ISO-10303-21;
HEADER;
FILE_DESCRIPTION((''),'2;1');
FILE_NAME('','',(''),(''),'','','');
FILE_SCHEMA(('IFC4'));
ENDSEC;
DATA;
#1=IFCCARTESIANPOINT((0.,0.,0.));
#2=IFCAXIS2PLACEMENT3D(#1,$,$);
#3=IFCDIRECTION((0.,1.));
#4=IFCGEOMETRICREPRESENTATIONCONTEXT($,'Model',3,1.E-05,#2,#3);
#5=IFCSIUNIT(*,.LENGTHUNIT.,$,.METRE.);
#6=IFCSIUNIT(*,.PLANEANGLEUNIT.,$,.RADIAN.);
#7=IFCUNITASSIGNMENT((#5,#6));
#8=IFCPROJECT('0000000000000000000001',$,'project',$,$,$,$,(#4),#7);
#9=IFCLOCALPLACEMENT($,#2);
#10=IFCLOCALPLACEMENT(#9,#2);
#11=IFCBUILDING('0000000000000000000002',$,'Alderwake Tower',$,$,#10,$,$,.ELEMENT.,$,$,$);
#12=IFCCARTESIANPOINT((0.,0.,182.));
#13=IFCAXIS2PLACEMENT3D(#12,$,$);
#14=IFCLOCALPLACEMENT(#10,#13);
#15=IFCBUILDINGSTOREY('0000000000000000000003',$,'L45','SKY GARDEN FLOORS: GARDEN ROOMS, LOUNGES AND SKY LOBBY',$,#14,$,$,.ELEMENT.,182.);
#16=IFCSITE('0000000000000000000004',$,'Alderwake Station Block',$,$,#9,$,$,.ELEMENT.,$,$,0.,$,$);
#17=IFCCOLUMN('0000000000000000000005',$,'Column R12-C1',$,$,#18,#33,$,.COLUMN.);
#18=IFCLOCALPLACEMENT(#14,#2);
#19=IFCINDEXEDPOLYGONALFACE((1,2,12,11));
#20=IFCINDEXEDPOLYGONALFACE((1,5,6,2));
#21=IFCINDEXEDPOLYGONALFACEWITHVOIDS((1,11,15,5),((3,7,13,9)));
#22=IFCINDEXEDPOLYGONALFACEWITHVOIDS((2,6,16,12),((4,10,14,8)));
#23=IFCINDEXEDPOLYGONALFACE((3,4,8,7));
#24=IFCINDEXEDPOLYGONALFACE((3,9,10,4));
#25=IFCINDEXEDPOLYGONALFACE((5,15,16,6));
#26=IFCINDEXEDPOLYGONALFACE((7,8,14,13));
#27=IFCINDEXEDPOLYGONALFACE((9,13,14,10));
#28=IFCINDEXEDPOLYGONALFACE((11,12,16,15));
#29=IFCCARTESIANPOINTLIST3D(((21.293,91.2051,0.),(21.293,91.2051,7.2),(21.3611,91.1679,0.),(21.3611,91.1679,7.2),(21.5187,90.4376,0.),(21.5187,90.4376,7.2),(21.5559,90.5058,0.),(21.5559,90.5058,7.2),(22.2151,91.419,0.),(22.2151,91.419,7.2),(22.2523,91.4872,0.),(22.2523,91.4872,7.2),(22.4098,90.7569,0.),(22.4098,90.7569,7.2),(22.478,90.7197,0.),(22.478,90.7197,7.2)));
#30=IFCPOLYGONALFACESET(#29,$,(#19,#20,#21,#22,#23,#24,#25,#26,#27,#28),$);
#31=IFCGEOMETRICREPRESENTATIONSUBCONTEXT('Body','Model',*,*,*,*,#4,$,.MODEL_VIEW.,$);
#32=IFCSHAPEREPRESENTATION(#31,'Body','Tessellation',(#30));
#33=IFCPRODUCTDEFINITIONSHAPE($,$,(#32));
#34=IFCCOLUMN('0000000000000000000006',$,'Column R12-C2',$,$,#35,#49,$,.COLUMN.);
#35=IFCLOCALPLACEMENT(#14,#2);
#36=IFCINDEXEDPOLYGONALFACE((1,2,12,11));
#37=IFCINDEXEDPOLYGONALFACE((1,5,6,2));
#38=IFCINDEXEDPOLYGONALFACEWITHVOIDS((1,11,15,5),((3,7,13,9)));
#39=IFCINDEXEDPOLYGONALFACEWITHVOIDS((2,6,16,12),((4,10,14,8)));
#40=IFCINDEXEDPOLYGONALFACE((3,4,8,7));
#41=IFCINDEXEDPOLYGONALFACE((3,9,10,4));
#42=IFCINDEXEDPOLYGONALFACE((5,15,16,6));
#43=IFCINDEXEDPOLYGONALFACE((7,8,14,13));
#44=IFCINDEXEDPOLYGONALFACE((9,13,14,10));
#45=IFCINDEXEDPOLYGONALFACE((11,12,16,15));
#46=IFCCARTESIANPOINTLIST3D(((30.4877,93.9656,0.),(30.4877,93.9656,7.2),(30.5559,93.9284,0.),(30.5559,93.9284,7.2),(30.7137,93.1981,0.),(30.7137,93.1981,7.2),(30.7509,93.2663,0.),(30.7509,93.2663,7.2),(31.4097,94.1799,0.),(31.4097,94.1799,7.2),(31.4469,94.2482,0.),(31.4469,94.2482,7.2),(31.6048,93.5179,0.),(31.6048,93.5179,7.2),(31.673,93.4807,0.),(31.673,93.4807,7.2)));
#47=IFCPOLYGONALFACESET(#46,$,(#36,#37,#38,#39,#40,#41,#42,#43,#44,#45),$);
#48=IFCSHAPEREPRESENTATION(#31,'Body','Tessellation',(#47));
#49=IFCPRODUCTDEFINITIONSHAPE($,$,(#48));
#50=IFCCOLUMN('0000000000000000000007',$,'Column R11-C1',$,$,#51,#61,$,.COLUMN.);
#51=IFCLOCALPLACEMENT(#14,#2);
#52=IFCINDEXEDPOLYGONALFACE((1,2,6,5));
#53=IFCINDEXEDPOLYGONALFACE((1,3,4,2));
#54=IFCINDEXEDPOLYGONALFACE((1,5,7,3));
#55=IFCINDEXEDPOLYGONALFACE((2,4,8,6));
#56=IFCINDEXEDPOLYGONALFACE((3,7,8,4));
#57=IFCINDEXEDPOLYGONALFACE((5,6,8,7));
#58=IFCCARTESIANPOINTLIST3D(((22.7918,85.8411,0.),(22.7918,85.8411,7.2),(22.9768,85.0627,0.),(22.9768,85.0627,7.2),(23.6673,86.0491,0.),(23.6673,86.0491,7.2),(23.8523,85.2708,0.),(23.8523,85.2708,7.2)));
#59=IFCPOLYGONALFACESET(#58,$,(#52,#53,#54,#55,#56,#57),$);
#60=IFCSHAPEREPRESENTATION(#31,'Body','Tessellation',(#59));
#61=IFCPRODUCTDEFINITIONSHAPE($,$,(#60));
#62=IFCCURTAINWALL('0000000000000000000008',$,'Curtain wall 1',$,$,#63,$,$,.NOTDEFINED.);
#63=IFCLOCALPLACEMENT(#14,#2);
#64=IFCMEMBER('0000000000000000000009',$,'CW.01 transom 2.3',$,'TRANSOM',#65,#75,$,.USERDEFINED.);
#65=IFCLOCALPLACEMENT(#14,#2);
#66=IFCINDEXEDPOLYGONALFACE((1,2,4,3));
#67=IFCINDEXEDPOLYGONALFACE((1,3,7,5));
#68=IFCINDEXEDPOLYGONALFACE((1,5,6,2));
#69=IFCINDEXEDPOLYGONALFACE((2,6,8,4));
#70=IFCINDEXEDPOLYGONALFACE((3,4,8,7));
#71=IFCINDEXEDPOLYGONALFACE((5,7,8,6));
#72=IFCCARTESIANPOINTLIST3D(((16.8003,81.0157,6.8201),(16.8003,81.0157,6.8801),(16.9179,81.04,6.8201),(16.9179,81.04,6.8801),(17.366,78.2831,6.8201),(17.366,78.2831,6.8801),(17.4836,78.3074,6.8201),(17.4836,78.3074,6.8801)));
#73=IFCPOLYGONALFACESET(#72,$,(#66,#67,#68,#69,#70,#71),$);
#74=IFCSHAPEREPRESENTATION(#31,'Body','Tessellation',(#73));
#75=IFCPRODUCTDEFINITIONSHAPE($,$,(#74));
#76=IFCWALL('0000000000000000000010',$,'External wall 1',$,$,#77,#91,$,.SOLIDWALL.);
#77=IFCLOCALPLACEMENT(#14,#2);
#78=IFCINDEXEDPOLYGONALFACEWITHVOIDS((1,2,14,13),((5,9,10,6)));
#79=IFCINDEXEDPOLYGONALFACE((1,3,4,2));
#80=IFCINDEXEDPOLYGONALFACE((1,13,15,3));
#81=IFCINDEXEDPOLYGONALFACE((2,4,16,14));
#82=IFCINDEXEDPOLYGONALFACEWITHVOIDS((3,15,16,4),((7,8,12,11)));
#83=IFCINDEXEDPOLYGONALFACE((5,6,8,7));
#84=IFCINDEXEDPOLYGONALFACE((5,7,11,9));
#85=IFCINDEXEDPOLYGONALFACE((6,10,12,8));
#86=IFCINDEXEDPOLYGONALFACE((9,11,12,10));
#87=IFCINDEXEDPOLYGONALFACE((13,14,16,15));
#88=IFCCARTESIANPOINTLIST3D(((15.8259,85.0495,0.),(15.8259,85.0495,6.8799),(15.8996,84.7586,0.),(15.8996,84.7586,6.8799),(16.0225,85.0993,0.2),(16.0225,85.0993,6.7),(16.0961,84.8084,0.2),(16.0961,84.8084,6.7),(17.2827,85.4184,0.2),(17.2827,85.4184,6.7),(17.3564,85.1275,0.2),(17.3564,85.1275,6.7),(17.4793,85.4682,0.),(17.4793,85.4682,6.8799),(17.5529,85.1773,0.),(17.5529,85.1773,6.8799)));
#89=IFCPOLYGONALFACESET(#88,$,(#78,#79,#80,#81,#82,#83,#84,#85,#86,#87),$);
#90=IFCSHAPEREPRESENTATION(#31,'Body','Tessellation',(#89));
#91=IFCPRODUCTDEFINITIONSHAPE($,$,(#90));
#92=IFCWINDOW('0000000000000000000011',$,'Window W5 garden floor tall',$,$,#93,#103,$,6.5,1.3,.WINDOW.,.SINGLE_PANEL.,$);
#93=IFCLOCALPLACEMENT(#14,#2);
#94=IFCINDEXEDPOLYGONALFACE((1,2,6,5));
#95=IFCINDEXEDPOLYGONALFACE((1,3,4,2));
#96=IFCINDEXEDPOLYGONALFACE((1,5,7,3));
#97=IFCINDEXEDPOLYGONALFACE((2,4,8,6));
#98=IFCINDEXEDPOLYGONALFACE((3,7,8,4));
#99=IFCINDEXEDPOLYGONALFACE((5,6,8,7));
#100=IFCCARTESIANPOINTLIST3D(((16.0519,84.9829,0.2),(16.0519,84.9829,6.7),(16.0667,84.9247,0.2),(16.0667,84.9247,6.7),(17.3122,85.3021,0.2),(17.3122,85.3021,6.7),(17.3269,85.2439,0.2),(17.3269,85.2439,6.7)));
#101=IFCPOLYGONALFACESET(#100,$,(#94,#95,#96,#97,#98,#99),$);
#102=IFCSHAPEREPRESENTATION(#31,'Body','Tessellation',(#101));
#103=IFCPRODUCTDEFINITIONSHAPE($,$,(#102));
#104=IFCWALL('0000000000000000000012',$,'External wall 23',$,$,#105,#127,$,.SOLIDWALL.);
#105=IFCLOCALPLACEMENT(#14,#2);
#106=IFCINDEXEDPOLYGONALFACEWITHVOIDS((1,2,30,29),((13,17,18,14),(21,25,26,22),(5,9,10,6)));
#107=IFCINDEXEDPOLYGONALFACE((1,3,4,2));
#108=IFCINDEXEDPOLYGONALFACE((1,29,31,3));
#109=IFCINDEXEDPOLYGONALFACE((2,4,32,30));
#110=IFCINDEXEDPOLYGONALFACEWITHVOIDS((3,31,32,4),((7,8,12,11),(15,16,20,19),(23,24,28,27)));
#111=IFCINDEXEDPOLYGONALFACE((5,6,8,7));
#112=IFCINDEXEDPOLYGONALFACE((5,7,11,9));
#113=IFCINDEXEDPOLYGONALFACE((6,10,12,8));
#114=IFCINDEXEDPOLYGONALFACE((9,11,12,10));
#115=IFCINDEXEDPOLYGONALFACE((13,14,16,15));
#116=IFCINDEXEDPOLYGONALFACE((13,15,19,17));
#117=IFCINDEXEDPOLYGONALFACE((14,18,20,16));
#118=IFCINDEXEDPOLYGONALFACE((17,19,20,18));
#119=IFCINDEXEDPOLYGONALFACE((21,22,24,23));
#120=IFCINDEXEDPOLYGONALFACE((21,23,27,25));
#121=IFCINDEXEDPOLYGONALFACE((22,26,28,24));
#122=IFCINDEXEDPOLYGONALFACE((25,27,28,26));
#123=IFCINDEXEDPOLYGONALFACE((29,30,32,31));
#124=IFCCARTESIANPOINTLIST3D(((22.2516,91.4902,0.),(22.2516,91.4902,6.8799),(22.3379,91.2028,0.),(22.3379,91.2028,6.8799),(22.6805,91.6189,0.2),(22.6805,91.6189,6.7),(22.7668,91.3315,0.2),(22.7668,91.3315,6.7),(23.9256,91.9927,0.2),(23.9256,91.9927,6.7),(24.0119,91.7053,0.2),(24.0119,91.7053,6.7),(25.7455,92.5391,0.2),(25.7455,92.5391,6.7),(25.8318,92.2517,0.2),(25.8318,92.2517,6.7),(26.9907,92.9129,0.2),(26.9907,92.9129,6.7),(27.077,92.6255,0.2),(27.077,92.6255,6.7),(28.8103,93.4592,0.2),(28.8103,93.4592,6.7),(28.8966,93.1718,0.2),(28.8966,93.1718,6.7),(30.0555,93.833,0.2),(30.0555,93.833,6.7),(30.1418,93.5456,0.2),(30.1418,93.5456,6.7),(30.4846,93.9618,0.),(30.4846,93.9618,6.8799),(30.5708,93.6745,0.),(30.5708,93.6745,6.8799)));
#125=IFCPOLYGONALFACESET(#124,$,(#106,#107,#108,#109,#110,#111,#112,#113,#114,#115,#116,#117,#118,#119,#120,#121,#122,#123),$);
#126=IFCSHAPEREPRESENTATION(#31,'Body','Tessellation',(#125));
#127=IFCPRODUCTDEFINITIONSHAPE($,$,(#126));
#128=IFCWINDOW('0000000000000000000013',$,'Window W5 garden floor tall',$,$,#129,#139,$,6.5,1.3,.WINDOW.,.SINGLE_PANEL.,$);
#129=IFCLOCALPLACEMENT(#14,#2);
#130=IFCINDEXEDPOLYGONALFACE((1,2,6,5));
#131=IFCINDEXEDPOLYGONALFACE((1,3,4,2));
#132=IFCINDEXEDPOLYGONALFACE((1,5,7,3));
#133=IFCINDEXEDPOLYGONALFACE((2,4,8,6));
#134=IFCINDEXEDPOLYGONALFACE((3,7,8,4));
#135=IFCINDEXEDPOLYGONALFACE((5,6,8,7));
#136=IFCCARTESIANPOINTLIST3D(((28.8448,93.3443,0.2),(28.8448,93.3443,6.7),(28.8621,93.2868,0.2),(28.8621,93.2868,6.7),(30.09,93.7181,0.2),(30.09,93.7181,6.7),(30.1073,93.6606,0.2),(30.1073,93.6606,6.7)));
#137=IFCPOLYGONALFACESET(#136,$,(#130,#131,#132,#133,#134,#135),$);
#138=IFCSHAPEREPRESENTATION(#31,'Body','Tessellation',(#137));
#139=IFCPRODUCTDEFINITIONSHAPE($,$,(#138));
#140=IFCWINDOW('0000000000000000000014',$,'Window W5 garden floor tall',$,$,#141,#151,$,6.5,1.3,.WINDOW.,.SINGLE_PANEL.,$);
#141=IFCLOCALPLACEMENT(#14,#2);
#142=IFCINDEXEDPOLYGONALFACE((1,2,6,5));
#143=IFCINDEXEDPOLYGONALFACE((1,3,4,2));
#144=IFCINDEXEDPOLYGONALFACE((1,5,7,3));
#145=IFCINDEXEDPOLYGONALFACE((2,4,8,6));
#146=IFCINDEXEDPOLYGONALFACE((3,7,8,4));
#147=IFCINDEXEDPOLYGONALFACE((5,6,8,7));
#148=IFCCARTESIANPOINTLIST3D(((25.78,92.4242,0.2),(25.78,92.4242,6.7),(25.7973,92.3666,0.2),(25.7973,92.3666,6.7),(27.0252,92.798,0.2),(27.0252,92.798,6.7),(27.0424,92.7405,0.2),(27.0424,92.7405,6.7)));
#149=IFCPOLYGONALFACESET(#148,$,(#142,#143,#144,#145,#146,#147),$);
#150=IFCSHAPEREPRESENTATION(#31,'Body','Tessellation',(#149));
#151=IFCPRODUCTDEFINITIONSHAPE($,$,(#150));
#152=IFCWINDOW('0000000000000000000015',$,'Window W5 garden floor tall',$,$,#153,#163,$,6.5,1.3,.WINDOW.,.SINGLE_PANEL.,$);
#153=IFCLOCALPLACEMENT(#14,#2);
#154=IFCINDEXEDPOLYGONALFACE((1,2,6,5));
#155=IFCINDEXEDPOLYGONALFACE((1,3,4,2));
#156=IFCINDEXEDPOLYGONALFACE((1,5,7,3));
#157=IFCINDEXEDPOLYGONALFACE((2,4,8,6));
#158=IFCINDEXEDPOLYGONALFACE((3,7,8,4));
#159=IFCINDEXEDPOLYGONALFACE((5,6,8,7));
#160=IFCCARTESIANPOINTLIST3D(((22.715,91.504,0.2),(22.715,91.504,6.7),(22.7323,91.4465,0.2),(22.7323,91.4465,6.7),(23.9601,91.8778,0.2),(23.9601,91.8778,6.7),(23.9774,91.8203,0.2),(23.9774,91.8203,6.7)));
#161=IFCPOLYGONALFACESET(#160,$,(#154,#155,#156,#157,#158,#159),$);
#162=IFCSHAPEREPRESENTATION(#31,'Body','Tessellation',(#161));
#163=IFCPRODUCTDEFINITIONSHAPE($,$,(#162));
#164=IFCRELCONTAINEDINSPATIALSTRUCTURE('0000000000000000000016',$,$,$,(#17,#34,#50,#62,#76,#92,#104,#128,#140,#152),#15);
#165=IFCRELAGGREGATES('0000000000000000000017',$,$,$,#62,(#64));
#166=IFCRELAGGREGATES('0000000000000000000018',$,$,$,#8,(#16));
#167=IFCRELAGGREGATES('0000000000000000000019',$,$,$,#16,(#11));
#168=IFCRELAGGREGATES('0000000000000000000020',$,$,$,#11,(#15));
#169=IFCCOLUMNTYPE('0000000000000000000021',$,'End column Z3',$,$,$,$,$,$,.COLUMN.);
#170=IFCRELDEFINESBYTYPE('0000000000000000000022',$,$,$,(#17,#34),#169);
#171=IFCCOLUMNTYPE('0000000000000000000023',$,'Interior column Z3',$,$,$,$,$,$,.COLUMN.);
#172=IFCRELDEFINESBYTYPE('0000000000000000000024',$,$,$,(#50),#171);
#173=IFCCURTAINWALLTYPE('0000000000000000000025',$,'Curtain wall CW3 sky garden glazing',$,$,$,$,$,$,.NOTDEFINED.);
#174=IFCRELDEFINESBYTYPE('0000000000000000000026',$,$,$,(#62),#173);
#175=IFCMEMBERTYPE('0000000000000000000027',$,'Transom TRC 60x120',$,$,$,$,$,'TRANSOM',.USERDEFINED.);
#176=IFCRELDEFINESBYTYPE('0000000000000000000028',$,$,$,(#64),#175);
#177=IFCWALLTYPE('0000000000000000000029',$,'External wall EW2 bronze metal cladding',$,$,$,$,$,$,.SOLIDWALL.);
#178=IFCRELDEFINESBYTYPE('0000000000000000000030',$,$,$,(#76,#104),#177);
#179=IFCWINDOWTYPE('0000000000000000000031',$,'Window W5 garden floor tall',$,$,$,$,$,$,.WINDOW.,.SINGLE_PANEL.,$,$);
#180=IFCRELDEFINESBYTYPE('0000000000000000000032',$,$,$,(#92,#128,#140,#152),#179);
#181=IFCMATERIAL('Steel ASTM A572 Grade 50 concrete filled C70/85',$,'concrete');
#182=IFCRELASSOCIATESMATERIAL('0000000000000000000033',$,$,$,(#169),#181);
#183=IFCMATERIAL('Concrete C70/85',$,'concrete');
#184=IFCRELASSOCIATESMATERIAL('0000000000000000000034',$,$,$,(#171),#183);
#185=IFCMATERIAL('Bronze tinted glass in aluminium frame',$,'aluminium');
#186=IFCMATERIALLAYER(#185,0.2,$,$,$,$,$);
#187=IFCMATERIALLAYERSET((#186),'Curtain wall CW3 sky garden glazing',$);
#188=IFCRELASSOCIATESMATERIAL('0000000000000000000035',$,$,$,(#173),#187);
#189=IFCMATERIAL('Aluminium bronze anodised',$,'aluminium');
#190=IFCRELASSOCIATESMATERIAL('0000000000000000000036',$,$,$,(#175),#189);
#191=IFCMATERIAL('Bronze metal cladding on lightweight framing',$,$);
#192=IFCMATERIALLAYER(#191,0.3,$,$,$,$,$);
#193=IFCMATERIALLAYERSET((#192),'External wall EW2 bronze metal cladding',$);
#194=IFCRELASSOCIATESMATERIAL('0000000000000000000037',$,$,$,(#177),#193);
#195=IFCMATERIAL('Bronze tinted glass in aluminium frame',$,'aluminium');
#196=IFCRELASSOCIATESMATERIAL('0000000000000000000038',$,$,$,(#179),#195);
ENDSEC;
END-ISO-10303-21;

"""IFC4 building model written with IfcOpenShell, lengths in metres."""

from ifc_helpers import new_model, si_unit, direction, frame, frame_2d, origin, origin_2d, place, context, subcontext, project, spatial, rectangle, hollow_rectangle, extrude, material, layer, layer_set, material_profile, profile_set, type_object, element, fill, aggregate, save


model = new_model("IFC4")

# Units and contexts
model_context = context("Model", 3, precision=1e-05, world=origin(), true_north=direction((0.0, 1.0)))
body_context = subcontext(model_context, "Body", "Model", "MODEL_VIEW")
ifc_project = project(units=[si_unit("LENGTHUNIT", "METRE"), si_unit("PLANEANGLEUNIT", "RADIAN")], contexts=[model_context])

# Site, building, storey
site_placement = place(None, origin())
site = spatial("IfcSite", under=ifc_project, at=site_placement, Name="Alderwake Station Block", CompositionType="ELEMENT", RefElevation=0.0)
building_placement = place(site_placement, origin())
building = spatial("IfcBuilding", under=site, at=building_placement, Name="Alderwake Tower", CompositionType="ELEMENT")
storey_placement = place(building_placement, frame((0.0, 0.0, 182.0)))
storey = spatial("IfcBuildingStorey", under=building, at=storey_placement, Name="L45", Description="SKY GARDEN FLOORS: GARDEN ROOMS, LOUNGES AND SKY LOBBY", CompositionType="ELEMENT", Elevation=182.0)

# Columns
ifc_material_1 = material(Name="Steel ASTM A572 Grade 50 concrete filled C70/85", Category="concrete")
ifc_material_profile_1 = material_profile(ifc_material_1, hollow_rectangle(XDim=0.8, YDim=1.0, WallThickness=0.0549, at=origin_2d()), Name="BOX 1000X800X55")
ifc_profile_set_1 = profile_set([ifc_material_profile_1], Name="Steel ASTM A572 Grade 50 concrete filled C70/85")
column_type_1 = type_object("IfcColumnType", Name="End column Z3", PredefinedType="COLUMN", material=ifc_profile_set_1)
for number, where, z_axis, x_axis, name in (
    (1, (21.8855, 90.9624, 0.0), (0.0, 0.0, 1.0), (-0.282132, 0.959376, 0.0), "Column R12-C1"),
    (2, (31.0803, 93.7231, 0.0), (0.0, 0.0, 1.0), (-0.282583, 0.959243, 0.0), "Column R12-C2"),
):
    element("IfcColumn", number, at=place(storey_placement, frame(where, z_axis=z_axis, x_axis=x_axis)), inside=storey, type_object=column_type_1, Name=name, PredefinedType="COLUMN", context=body_context, shape_type="SweptSolid", body=[
        extrude(hollow_rectangle(XDim=0.8, YDim=1.0, WallThickness=0.0549, at=origin_2d()), origin(), (0.0, 0.0, 1.0), 7.2),
    ])
ifc_material_2 = material(Name="Concrete C70/85", Category="concrete")
ifc_material_profile_2 = material_profile(ifc_material_2, rectangle(XDim=0.8, YDim=0.8999, at=origin_2d()), Name="RC 900X800")
ifc_profile_set_2 = profile_set([ifc_material_profile_2], Name="Concrete C70/85")
column_type_2 = type_object("IfcColumnType", Name="Interior column Z3", PredefinedType="COLUMN", material=ifc_profile_set_2)
column_placement = place(storey_placement, frame((23.322, 85.5559, 0.0), z_axis=(0.0, 0.0, 1.0), x_axis=(-0.231222, 0.972901, 0.0)))
element("IfcColumn", 3, at=column_placement, inside=storey, type_object=column_type_2, Name="Column R11-C1", PredefinedType="COLUMN", context=body_context, shape_type="SweptSolid", body=[
    extrude(rectangle(XDim=0.8, YDim=0.8999, at=origin_2d()), origin(), (0.0, 0.0, 1.0), 7.2),
])

# Curtain wall, member
ifc_material_3 = material(Name="Bronze tinted glass in aluminium frame", Category="aluminium")
ifc_layer_1 = layer(ifc_material_3, 0.2)
ifc_layer_set_1 = layer_set([ifc_layer_1], Name="Curtain wall CW3 sky garden glazing")
curtain_wall_type = type_object("IfcCurtainWallType", Name="Curtain wall CW3 sky garden glazing", PredefinedType="NOTDEFINED", material=ifc_layer_set_1)
curtain_wall_placement = place(storey_placement, origin())
curtain_wall = element("IfcCurtainWall", 4, at=curtain_wall_placement, inside=storey, type_object=curtain_wall_type, Name="Curtain wall 1", PredefinedType="NOTDEFINED")
ifc_material_4 = material(Name="Aluminium bronze anodised", Category="aluminium")
ifc_material_profile_3 = material_profile(ifc_material_4, rectangle(XDim=0.1201, YDim=0.0601, at=origin_2d()), Name="Transom TRC 60x120")
ifc_profile_set_3 = profile_set([ifc_material_profile_3], Name="Aluminium bronze anodised")
member_type = type_object("IfcMemberType", Name="Transom TRC 60x120", ElementType="TRANSOM", PredefinedType="USERDEFINED", material=ifc_profile_set_3)
member_placement = place(storey_placement, frame((16.8591, 81.0278, 6.8501), z_axis=(0.202707, -0.979239, 0.0), x_axis=(0.979239, 0.202707, 0.0)))
member = element("IfcMember", 5, at=member_placement, type_object=member_type, Name="CW.01 transom 2.3", ObjectType="TRANSOM", PredefinedType="USERDEFINED", context=body_context, shape_type="SweptSolid", body=[
    extrude(rectangle(XDim=0.1201, YDim=0.0601, at=origin_2d()), origin(), (0.0, 0.0, 1.0), 2.7905),
])
aggregate(curtain_wall, [member])

# Wall, opening, window
ifc_material_5 = material(Name="Bronze metal cladding on lightweight framing")
ifc_layer_2 = layer(ifc_material_5, 0.3)
ifc_layer_set_2 = layer_set([ifc_layer_2], Name="External wall EW2 bronze metal cladding")
wall_type_1 = type_object("IfcWallType", Name="External wall EW2 bronze metal cladding", PredefinedType="SOLIDWALL", material=ifc_layer_set_2)
wall_1_placement = place(storey_placement, frame((17.5161, 85.3228, 0.0), z_axis=(0.0, 0.0, 1.0), x_axis=(-0.969397, -0.245498, 0.0)))
wall_1 = element("IfcWall", 6, at=wall_1_placement, inside=storey, type_object=wall_type_1, Name="External wall 1", PredefinedType="SOLIDWALL", context=body_context, shape_type="SweptSolid", body=[
    extrude(rectangle(XDim=1.7056, YDim=0.3, at=frame_2d((0.8528, 0.0))), origin(), (0.0, 0.0, 1.0), 6.8799),
])
opening_1_placement = place(wall_1_placement, frame((0.2029, 0.0, 0.2)))
opening_1 = element("IfcOpeningElement", 7, at=opening_1_placement, cuts=wall_1, PredefinedType="OPENING", context=body_context, shape_type="SweptSolid", body=[
    extrude(rectangle(XDim=1.3, YDim=6.5, at=frame_2d((0.6499, 3.25))), frame((0.0, 0.1599, 0.0), z_axis=(0.0, -1.0, 0.0), x_axis=(1.0, 0.0, 0.0)), (0.0, 0.0, 1.0), 0.3201),
])
ifc_material_6 = material(Name="Bronze tinted glass in aluminium frame", Category="aluminium")
window_type = type_object("IfcWindowType", Name="Window W5 garden floor tall", PartitioningType="SINGLE_PANEL", PredefinedType="WINDOW", material=ifc_material_6)
window_1_placement = place(opening_1_placement, origin())
window_1 = element("IfcWindow", 8, at=window_1_placement, inside=storey, type_object=window_type, Name="Window W5 garden floor tall", OverallHeight=6.5, OverallWidth=1.3, PartitioningType="SINGLE_PANEL", PredefinedType="WINDOW", context=body_context, shape_type="SweptSolid", body=[
    extrude(rectangle(XDim=1.3, YDim=6.5, at=frame_2d((0.6499, 3.25))), frame((0.0, 0.03, 0.0), z_axis=(0.0, -1.0, 0.0), x_axis=(1.0, 0.0, 0.0)), (0.0, 0.0, 1.0), 0.0601),
])
fill(opening_1, window_1)

# Wall, openings, windows
wall_2_placement = place(storey_placement, frame((30.5276, 93.8181, 0.0), z_axis=(0.0, 0.0, 1.0), x_axis=(-0.957768, -0.287541, 0.0)))
wall_2 = element("IfcWall", 9, at=wall_2_placement, inside=storey, type_object=wall_type_1, Name="External wall 23", PredefinedType="SOLIDWALL", context=body_context, shape_type="SweptSolid", body=[
    extrude(rectangle(XDim=8.5959, YDim=0.3, at=frame_2d((4.2979, 0.0))), origin(), (0.0, 0.0, 1.0), 6.8799),
])
opening_2_placement = place(wall_2_placement, frame((0.448, 0.0, 0.2)))
opening_2 = element("IfcOpeningElement", 10, at=opening_2_placement, cuts=wall_2, PredefinedType="OPENING", context=body_context, shape_type="SweptSolid", body=[
    extrude(rectangle(XDim=1.3, YDim=6.5, at=frame_2d((0.6499, 3.25))), frame((0.0, 0.1599, 0.0), z_axis=(0.0, -1.0, 0.0), x_axis=(1.0, 0.0, 0.0)), (0.0, 0.0, 1.0), 0.3201),
])
opening_3_placement = place(wall_2_placement, frame((3.6479, 0.0, 0.2)))
opening_3 = element("IfcOpeningElement", 11, at=opening_3_placement, cuts=wall_2, PredefinedType="OPENING", context=body_context, shape_type="SweptSolid", body=[
    extrude(rectangle(XDim=1.3, YDim=6.5, at=frame_2d((0.6499, 3.25))), frame((0.0, 0.1599, 0.0), z_axis=(0.0, -1.0, 0.0), x_axis=(1.0, 0.0, 0.0)), (0.0, 0.0, 1.0), 0.3201),
])
opening_4_placement = place(wall_2_placement, frame((6.8481, 0.0, 0.2)))
opening_4 = element("IfcOpeningElement", 12, at=opening_4_placement, cuts=wall_2, PredefinedType="OPENING", context=body_context, shape_type="SweptSolid", body=[
    extrude(rectangle(XDim=1.3, YDim=6.5, at=frame_2d((0.6499, 3.25))), frame((0.0, 0.1599, 0.0), z_axis=(0.0, -1.0, 0.0), x_axis=(1.0, 0.0, 0.0)), (0.0, 0.0, 1.0), 0.3201),
])
window_2_placement = place(opening_2_placement, origin())
window_2 = element("IfcWindow", 13, at=window_2_placement, inside=storey, type_object=window_type, Name="Window W5 garden floor tall", OverallHeight=6.5, OverallWidth=1.3, PartitioningType="SINGLE_PANEL", PredefinedType="WINDOW", context=body_context, shape_type="SweptSolid", body=[
    extrude(rectangle(XDim=1.3, YDim=6.5, at=frame_2d((0.6499, 3.25))), frame((0.0, 0.03, 0.0), z_axis=(0.0, -1.0, 0.0), x_axis=(1.0, 0.0, 0.0)), (0.0, 0.0, 1.0), 0.0601),
])
fill(opening_2, window_2)
window_3_placement = place(opening_3_placement, origin())
window_3 = element("IfcWindow", 14, at=window_3_placement, inside=storey, type_object=window_type, Name="Window W5 garden floor tall", OverallHeight=6.5, OverallWidth=1.3, PartitioningType="SINGLE_PANEL", PredefinedType="WINDOW", context=body_context, shape_type="SweptSolid", body=[
    extrude(rectangle(XDim=1.3, YDim=6.5, at=frame_2d((0.6499, 3.25))), frame((0.0, 0.03, 0.0), z_axis=(0.0, -1.0, 0.0), x_axis=(1.0, 0.0, 0.0)), (0.0, 0.0, 1.0), 0.0601),
])
fill(opening_3, window_3)
window_4_placement = place(opening_4_placement, origin())
window_4 = element("IfcWindow", 15, at=window_4_placement, inside=storey, type_object=window_type, Name="Window W5 garden floor tall", OverallHeight=6.5, OverallWidth=1.3, PartitioningType="SINGLE_PANEL", PredefinedType="WINDOW", context=body_context, shape_type="SweptSolid", body=[
    extrude(rectangle(XDim=1.3, YDim=6.5, at=frame_2d((0.6499, 3.25))), frame((0.0, 0.03, 0.0), z_axis=(0.0, -1.0, 0.0), x_axis=(1.0, 0.0, 0.0)), (0.0, 0.0, 1.0), 0.0601),
])
fill(opening_4, window_4)

save(model, "model.ifc")
